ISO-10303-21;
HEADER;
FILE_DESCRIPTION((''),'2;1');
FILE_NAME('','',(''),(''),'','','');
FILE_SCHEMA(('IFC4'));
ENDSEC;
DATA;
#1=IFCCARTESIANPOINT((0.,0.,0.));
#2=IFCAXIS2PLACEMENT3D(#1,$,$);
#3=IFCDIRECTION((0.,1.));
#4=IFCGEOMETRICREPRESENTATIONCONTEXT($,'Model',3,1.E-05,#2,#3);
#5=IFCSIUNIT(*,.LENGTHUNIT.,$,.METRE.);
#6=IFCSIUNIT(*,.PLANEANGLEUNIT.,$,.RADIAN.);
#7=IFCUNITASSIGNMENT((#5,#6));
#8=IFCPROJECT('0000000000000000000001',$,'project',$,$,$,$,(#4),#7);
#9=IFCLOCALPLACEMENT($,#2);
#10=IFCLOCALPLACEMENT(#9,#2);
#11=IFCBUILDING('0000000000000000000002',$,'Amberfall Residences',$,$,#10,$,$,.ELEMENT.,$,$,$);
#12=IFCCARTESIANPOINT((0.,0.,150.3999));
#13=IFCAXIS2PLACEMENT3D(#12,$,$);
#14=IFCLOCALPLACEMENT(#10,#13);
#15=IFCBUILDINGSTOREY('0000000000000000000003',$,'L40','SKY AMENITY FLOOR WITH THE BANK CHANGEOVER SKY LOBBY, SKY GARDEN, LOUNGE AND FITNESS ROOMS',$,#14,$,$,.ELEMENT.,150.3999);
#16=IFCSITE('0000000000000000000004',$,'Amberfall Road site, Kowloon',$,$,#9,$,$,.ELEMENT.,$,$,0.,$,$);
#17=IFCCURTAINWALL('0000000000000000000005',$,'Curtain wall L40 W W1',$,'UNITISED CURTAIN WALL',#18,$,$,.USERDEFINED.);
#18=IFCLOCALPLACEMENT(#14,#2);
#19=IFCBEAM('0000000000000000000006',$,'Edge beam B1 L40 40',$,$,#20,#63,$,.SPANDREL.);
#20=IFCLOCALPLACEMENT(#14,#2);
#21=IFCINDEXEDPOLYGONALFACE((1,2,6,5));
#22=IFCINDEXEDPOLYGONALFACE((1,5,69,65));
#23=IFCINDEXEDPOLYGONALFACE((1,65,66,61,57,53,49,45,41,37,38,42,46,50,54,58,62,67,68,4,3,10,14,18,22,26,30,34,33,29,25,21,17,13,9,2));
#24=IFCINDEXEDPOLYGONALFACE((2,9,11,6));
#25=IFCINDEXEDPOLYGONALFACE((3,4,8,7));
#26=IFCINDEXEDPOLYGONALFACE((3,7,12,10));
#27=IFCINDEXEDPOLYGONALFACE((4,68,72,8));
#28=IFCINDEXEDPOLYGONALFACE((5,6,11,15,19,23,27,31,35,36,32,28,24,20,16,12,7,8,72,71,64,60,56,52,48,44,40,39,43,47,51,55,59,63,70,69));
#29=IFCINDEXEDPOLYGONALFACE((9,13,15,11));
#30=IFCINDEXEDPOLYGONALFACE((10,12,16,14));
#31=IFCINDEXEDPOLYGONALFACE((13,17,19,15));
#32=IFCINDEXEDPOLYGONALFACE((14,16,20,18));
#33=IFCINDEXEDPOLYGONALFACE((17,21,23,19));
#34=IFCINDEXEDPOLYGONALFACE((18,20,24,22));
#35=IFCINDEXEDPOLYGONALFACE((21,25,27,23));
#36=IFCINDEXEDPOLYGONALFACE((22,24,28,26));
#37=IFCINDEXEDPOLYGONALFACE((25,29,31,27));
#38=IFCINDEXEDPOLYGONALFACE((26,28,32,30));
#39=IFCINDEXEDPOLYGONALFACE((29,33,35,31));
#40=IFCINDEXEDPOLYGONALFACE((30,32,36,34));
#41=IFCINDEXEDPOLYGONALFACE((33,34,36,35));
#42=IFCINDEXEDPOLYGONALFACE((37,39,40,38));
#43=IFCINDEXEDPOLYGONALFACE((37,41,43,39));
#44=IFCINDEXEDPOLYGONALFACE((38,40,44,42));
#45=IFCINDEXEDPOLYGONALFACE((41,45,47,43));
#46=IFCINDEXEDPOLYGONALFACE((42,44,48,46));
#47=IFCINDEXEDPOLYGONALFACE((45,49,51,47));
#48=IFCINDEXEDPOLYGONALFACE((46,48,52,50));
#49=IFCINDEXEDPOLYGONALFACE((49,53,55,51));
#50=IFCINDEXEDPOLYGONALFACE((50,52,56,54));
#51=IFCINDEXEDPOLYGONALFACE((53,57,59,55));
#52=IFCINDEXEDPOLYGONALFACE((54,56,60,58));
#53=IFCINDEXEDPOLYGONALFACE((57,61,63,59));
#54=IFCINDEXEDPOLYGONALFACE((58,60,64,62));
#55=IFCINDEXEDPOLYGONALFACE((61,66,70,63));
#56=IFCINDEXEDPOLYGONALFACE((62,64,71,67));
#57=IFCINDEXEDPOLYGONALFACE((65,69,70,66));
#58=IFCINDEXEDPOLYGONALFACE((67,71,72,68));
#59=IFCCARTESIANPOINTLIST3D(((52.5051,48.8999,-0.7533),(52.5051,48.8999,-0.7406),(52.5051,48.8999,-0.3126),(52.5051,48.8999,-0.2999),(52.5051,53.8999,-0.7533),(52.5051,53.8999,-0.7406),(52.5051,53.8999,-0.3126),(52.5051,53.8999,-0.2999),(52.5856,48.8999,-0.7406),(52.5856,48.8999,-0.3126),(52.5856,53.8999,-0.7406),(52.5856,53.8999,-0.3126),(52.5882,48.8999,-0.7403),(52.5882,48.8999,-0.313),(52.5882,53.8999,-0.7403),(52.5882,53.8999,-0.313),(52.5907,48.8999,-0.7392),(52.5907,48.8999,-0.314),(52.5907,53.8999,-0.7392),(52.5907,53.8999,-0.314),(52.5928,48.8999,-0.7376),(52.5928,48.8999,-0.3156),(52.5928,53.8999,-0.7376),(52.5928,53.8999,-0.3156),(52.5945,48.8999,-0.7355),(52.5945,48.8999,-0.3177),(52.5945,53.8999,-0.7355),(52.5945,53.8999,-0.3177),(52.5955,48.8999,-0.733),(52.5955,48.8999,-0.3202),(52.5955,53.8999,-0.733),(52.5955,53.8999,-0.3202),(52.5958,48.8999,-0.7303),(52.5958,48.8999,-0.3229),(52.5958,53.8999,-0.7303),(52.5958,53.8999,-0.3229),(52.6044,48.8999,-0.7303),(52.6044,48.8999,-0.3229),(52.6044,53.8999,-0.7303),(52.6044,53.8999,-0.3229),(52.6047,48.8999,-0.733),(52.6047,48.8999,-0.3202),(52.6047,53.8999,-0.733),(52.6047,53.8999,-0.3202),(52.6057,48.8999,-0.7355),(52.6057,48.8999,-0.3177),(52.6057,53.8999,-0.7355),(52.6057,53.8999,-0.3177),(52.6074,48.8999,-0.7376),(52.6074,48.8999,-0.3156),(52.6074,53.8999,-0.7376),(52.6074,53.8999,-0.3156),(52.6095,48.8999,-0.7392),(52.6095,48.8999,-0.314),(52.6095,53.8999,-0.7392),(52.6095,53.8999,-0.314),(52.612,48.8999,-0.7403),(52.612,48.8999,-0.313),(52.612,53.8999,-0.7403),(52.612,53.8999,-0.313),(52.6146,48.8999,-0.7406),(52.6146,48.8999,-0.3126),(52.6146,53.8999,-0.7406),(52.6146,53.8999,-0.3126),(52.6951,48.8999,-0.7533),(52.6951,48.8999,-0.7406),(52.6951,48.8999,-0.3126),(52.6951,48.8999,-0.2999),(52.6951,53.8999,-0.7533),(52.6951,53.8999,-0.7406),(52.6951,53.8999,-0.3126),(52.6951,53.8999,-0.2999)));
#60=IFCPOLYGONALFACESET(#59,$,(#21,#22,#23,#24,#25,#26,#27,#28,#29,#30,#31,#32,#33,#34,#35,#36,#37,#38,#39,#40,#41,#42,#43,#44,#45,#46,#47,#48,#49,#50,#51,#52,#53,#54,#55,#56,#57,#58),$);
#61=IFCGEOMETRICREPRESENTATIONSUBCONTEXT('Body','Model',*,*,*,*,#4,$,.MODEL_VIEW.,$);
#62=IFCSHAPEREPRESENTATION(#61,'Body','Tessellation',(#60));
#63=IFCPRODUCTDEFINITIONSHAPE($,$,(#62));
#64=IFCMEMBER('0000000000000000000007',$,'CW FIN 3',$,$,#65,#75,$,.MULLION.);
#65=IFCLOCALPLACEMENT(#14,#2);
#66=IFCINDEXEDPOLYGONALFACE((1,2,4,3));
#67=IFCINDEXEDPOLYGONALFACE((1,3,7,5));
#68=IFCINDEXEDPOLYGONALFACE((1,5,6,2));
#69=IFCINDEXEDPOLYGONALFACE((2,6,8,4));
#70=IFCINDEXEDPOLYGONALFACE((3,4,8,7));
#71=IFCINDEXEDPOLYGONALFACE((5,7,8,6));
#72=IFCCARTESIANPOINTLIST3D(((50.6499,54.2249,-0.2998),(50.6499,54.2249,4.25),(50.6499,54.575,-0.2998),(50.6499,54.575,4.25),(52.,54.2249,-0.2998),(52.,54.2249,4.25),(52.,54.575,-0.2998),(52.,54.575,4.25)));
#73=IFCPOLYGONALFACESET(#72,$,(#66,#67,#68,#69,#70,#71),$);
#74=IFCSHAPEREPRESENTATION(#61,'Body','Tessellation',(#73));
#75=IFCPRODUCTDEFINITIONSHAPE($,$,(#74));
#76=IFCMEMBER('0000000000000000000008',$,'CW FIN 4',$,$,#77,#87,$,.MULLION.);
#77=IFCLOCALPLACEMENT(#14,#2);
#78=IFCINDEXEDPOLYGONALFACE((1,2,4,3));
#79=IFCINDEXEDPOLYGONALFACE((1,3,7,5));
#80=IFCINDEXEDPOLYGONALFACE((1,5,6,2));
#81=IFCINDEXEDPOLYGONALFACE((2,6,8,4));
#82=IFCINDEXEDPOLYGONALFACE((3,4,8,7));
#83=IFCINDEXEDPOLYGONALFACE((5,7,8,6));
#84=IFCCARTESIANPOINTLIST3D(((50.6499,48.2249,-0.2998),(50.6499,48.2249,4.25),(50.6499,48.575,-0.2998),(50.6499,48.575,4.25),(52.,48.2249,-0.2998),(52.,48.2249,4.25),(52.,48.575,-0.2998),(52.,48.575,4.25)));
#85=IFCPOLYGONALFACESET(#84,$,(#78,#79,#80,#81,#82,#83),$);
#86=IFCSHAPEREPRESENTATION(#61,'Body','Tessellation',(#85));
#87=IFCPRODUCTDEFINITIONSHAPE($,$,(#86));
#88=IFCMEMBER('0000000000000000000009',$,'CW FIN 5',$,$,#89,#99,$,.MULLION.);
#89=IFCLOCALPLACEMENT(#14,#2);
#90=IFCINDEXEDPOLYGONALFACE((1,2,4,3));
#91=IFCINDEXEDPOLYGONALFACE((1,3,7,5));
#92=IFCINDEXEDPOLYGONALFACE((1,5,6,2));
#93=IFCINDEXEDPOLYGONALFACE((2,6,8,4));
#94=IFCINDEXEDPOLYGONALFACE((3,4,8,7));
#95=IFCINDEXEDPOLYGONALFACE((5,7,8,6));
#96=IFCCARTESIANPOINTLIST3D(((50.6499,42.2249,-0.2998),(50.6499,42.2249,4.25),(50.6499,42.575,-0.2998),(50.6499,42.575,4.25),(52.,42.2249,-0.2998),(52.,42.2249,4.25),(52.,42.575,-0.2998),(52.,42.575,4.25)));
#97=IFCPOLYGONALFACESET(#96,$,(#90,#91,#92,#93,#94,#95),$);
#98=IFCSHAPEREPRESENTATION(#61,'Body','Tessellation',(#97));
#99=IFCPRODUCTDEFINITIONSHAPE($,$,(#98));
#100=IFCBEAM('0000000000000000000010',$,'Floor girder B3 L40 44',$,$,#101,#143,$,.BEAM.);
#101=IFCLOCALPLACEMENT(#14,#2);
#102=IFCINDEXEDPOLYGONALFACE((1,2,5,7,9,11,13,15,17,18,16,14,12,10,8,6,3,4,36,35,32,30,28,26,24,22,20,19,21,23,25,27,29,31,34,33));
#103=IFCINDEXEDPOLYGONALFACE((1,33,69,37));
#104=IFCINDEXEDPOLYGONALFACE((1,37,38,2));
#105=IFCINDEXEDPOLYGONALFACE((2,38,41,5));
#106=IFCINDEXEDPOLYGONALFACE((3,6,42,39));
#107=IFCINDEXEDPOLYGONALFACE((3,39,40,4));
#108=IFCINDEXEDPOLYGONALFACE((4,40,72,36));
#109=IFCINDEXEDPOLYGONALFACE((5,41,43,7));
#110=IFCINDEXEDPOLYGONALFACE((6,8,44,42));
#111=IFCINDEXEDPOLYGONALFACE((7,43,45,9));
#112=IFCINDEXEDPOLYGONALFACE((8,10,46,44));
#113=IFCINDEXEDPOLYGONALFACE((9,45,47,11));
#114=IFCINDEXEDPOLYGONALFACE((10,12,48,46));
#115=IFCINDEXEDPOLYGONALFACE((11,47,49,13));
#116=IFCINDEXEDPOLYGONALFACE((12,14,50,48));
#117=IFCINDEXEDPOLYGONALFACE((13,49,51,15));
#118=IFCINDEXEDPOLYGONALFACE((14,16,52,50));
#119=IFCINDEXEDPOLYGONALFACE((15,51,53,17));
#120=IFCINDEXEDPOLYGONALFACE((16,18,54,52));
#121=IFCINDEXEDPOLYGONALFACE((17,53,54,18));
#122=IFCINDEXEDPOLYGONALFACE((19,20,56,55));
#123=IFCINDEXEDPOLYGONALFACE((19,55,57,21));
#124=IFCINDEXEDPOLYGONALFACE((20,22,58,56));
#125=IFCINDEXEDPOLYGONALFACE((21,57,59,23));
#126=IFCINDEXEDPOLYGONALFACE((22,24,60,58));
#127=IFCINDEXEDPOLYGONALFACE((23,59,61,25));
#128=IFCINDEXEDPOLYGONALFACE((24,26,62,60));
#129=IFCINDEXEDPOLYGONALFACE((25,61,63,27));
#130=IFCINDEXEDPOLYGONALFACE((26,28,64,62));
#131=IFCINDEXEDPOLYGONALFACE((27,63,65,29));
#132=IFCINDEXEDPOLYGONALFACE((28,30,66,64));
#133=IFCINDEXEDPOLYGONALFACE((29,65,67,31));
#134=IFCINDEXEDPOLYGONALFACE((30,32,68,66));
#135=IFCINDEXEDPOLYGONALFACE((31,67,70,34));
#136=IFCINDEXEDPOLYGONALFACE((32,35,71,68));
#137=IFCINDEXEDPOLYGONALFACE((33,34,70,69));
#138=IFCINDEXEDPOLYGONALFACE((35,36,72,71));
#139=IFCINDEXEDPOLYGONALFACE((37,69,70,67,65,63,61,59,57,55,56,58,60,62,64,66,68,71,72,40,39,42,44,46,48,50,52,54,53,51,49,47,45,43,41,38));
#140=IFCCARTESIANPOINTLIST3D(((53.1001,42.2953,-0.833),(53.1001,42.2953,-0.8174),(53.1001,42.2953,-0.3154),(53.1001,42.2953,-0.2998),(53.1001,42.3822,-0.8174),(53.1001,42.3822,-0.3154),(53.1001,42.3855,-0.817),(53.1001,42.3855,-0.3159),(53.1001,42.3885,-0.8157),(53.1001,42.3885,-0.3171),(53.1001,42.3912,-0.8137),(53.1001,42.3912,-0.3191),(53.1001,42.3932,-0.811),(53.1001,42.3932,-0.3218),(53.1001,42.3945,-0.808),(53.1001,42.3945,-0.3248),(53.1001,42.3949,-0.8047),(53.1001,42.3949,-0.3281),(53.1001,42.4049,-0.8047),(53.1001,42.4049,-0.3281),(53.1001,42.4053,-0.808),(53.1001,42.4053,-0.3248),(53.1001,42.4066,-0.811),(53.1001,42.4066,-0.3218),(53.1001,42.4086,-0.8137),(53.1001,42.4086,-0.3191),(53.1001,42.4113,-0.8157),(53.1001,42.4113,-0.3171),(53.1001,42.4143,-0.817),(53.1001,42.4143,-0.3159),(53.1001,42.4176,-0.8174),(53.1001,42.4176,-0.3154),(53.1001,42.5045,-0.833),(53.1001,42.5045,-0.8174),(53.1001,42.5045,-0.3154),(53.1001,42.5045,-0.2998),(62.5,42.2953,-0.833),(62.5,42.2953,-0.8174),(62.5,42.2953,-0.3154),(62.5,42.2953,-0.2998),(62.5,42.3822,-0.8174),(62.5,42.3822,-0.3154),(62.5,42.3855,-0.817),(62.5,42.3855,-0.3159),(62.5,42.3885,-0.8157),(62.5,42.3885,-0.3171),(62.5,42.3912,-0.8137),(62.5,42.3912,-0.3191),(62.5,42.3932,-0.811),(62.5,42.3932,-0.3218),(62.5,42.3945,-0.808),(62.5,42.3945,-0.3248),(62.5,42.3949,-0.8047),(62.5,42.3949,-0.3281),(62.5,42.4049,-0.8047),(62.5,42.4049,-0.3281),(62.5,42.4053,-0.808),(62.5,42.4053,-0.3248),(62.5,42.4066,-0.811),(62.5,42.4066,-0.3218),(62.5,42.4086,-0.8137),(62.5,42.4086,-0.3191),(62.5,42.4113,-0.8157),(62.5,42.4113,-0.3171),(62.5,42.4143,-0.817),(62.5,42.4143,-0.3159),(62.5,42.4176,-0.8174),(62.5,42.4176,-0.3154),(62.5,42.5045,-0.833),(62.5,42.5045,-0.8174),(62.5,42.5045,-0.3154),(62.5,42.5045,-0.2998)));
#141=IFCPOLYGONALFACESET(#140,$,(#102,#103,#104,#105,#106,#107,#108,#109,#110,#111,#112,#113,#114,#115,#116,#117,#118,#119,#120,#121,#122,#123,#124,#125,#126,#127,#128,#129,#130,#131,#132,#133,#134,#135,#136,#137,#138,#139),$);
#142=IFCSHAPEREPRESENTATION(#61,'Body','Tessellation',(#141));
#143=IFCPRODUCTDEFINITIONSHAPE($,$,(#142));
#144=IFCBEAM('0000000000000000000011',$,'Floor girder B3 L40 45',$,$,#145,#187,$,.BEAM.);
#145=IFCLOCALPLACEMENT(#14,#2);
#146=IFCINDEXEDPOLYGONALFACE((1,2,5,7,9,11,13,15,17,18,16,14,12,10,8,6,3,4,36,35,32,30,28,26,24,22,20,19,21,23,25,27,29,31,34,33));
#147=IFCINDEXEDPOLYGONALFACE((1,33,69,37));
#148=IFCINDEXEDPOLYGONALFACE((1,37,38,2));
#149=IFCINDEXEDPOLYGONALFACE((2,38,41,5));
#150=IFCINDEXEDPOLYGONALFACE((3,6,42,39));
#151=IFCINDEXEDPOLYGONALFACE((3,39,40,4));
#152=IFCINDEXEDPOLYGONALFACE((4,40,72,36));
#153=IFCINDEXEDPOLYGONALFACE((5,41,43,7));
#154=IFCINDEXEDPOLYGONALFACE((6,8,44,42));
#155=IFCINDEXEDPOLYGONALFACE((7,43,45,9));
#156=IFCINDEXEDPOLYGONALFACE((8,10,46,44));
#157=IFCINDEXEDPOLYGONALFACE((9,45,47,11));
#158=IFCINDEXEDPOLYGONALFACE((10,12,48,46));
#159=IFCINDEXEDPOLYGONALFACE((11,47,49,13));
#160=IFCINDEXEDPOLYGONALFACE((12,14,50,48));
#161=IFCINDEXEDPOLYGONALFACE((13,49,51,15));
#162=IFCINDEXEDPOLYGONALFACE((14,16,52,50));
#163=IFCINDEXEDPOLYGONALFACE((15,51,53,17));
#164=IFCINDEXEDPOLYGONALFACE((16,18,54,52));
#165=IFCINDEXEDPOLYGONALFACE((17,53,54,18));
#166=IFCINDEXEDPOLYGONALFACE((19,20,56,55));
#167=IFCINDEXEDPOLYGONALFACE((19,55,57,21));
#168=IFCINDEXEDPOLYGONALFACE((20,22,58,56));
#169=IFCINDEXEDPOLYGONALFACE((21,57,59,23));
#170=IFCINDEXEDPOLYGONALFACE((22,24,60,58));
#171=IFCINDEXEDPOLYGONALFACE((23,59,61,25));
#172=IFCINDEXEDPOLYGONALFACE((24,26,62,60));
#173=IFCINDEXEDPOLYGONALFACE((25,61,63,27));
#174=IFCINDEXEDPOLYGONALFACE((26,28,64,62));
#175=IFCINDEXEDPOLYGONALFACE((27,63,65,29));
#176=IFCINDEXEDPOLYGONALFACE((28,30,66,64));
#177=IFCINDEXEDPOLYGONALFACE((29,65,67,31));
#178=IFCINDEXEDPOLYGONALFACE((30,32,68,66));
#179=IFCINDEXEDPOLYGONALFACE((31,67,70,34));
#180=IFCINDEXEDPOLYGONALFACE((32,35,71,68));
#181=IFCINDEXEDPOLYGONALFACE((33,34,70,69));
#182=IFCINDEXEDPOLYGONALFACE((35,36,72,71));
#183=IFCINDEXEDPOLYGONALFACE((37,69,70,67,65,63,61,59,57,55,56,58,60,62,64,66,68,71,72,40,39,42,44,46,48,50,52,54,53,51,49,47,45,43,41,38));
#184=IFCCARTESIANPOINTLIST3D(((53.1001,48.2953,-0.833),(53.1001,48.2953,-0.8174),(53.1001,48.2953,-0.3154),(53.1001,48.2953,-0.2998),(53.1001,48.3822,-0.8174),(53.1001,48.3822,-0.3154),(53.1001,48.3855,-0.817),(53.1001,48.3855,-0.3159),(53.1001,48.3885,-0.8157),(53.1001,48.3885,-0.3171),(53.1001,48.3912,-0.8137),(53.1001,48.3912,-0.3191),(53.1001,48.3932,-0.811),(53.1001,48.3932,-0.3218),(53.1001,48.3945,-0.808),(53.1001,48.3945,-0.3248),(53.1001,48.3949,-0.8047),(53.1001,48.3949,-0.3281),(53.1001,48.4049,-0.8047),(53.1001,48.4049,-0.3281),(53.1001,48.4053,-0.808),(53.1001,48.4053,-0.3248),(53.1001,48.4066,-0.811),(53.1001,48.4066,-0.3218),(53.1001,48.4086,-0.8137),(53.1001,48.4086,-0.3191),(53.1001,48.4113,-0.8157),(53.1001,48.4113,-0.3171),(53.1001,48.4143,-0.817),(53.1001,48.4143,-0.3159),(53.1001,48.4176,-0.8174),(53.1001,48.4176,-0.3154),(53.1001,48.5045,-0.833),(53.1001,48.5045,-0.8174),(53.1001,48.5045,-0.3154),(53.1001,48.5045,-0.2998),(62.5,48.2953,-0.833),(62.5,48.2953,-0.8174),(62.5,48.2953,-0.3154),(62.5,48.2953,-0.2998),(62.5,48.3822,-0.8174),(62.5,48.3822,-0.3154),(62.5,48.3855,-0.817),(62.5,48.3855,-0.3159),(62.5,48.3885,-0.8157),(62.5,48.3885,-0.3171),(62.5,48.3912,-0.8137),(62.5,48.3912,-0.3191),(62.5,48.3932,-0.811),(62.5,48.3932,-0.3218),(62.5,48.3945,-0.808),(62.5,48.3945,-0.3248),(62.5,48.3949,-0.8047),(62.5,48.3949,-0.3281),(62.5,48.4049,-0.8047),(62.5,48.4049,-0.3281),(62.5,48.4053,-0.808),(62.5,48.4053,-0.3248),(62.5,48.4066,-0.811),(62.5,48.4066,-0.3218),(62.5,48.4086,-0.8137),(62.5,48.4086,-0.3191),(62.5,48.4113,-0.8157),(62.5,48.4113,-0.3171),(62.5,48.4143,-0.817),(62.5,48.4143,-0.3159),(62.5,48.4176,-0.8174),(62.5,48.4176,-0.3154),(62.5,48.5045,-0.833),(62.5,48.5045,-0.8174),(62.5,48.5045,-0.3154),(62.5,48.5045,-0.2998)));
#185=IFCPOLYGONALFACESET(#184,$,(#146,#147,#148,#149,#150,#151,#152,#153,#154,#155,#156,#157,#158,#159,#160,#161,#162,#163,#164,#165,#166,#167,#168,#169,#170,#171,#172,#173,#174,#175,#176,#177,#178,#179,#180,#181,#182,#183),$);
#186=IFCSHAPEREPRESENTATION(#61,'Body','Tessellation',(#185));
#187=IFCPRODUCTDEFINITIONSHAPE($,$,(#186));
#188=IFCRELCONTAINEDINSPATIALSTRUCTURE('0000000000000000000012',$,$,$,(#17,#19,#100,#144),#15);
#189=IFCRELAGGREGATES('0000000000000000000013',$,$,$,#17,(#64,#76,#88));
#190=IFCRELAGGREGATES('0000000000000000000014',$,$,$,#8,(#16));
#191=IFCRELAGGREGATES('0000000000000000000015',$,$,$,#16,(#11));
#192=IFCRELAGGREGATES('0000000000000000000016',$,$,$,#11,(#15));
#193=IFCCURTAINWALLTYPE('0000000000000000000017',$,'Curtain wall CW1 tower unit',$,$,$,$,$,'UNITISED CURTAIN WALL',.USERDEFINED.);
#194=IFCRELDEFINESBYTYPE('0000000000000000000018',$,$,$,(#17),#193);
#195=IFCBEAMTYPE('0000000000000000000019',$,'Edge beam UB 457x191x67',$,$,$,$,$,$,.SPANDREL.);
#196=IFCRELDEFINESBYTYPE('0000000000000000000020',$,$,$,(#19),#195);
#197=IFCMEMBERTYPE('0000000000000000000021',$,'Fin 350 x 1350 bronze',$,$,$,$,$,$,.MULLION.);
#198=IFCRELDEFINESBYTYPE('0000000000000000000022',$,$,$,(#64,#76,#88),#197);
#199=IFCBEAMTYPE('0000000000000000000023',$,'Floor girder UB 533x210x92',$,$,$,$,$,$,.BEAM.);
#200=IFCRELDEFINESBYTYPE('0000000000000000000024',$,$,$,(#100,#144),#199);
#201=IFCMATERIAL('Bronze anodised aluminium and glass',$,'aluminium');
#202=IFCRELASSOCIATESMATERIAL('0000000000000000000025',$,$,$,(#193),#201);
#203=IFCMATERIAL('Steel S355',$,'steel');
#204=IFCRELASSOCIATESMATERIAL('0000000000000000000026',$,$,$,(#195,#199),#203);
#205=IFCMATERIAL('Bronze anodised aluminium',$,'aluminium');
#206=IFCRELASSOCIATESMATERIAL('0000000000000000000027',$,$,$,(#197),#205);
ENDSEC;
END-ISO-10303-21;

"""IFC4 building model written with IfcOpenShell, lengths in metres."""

from ifc_helpers import new_model, si_unit, direction, frame, origin, origin_2d, place, context, subcontext, project, spatial, rectangle, i_section, extrude, material, material_profile, profile_set, type_object, element, aggregate, save


model = new_model("IFC4")

# Units and contexts
model_context = context("Model", 3, precision=1e-05, world=origin(), true_north=direction((0.0, 1.0)))
body_context = subcontext(model_context, "Body", "Model", "MODEL_VIEW")
ifc_project = project(units=[si_unit("LENGTHUNIT", "METRE"), si_unit("PLANEANGLEUNIT", "RADIAN")], contexts=[model_context])

# Site, building, storey
site_placement = place(None, origin())
site = spatial("IfcSite", under=ifc_project, at=site_placement, Name="Amberfall Road site, Kowloon", CompositionType="ELEMENT", RefElevation=0.0)
building_placement = place(site_placement, origin())
building = spatial("IfcBuilding", under=site, at=building_placement, Name="Amberfall Residences", CompositionType="ELEMENT")
storey_placement = place(building_placement, frame((0.0, 0.0, 150.3999)))
storey = spatial("IfcBuildingStorey", under=building, at=storey_placement, Name="L40", Description="SKY AMENITY FLOOR WITH THE BANK CHANGEOVER SKY LOBBY, SKY GARDEN, LOUNGE AND FITNESS ROOMS", CompositionType="ELEMENT", Elevation=150.3999)

# Curtain wall
ifc_material_1 = material(Name="Bronze anodised aluminium and glass", Category="aluminium")
curtain_wall_type = type_object("IfcCurtainWallType", Name="Curtain wall CW1 tower unit", ElementType="UNITISED CURTAIN WALL", PredefinedType="USERDEFINED", material=ifc_material_1)
curtain_wall_placement = place(storey_placement, origin())
curtain_wall = element("IfcCurtainWall", 1, at=curtain_wall_placement, inside=storey, type_object=curtain_wall_type, Name="Curtain wall L40 W W1", ObjectType="UNITISED CURTAIN WALL", PredefinedType="USERDEFINED")
ifc_material_2 = material(Name="Bronze anodised aluminium", Category="aluminium")

# Beam
ifc_material_3 = material(Name="Steel S355", Category="steel")
ifc_material_profile_1 = material_profile(ifc_material_3, i_section(OverallWidth=0.1899, OverallDepth=0.4534, WebThickness=0.0085, FlangeThickness=0.0127, FilletRadius=0.0103, at=origin_2d()), Name="UB 457x191x67")
ifc_profile_set_1 = profile_set([ifc_material_profile_1], Name="Steel S355")
beam_type_1 = type_object("IfcBeamType", Name="Edge beam UB 457x191x67", PredefinedType="SPANDREL", material=ifc_profile_set_1)
for number, where, z_axis, x_axis, name in (
    (2, (52.6001, 48.8999, -0.5266), (0.0, 1.0, 0.0), (-1.0, 0.0, 0.0), "Edge beam B1 L40 40"),
):
    element("IfcBeam", number, at=place(storey_placement, frame(where, z_axis=z_axis, x_axis=x_axis)), inside=storey, type_object=beam_type_1, Name=name, PredefinedType="SPANDREL", context=body_context, shape_type="SweptSolid", body=[
        extrude(i_section(OverallWidth=0.1899, OverallDepth=0.4534, WebThickness=0.0085, FlangeThickness=0.0127, FilletRadius=0.0103, at=origin_2d()), origin(), (0.0, 0.0, 1.0), 5.0),
    ])

# Members
ifc_material_profile_2 = material_profile(ifc_material_2, rectangle(XDim=1.3501, YDim=0.3501, at=origin_2d()), Name="Fin 350 x 1350 bronze")
ifc_profile_set_2 = profile_set([ifc_material_profile_2], Name="Bronze anodised aluminium")
member_type_1 = type_object("IfcMemberType", Name="Fin 350 x 1350 bronze", PredefinedType="MULLION", material=ifc_profile_set_2)
member_1_placement = place(storey_placement, frame((51.325, 54.3999, -0.2998), z_axis=(0.0, 0.0, 1.0), x_axis=(1.0, 0.0, 0.0)))
member_1 = element("IfcMember", 3, at=member_1_placement, type_object=member_type_1, Name="CW FIN 3", PredefinedType="MULLION", context=body_context, shape_type="SweptSolid", body=[
    extrude(rectangle(XDim=1.3501, YDim=0.3501, at=origin_2d()), origin(), (0.0, 0.0, 1.0), 4.5498),
])
member_2_placement = place(storey_placement, frame((51.325, 48.3999, -0.2998), z_axis=(0.0, 0.0, 1.0), x_axis=(1.0, 0.0, 0.0)))
member_2 = element("IfcMember", 4, at=member_2_placement, type_object=member_type_1, Name="CW FIN 4", PredefinedType="MULLION", context=body_context, shape_type="SweptSolid", body=[
    extrude(rectangle(XDim=1.3501, YDim=0.3501, at=origin_2d()), origin(), (0.0, 0.0, 1.0), 4.5498),
])
member_3_placement = place(storey_placement, frame((51.325, 42.3999, -0.2998), z_axis=(0.0, 0.0, 1.0), x_axis=(1.0, 0.0, 0.0)))
member_3 = element("IfcMember", 5, at=member_3_placement, type_object=member_type_1, Name="CW FIN 5", PredefinedType="MULLION", context=body_context, shape_type="SweptSolid", body=[
    extrude(rectangle(XDim=1.3501, YDim=0.3501, at=origin_2d()), origin(), (0.0, 0.0, 1.0), 4.5498),
])

# Beams
ifc_material_profile_3 = material_profile(ifc_material_3, i_section(OverallWidth=0.2092, OverallDepth=0.5332, WebThickness=0.01, FlangeThickness=0.0156, FilletRadius=0.0127, at=origin_2d()), Name="UB 533x210x92")
ifc_profile_set_3 = profile_set([ifc_material_profile_3], Name="Steel S355")
beam_type_2 = type_object("IfcBeamType", Name="Floor girder UB 533x210x92", PredefinedType="BEAM", material=ifc_profile_set_3)
for number, where, z_axis, x_axis, name in (
    (6, (53.1001, 42.3999, -0.5664), (1.0, 0.0, 0.0), (0.0, 1.0, 0.0), "Floor girder B3 L40 44"),
    (7, (53.1001, 48.3999, -0.5664), (1.0, 0.0, 0.0), (0.0, 1.0, 0.0), "Floor girder B3 L40 45"),
):
    element("IfcBeam", number, at=place(storey_placement, frame(where, z_axis=z_axis, x_axis=x_axis)), inside=storey, type_object=beam_type_2, Name=name, PredefinedType="BEAM", context=body_context, shape_type="SweptSolid", body=[
        extrude(i_section(OverallWidth=0.2092, OverallDepth=0.5332, WebThickness=0.01, FlangeThickness=0.0156, FilletRadius=0.0127, at=origin_2d()), origin(), (0.0, 0.0, 1.0), 9.3999),
    ])

aggregate(curtain_wall, [member_1, member_2, member_3])

save(model, "model.ifc")
